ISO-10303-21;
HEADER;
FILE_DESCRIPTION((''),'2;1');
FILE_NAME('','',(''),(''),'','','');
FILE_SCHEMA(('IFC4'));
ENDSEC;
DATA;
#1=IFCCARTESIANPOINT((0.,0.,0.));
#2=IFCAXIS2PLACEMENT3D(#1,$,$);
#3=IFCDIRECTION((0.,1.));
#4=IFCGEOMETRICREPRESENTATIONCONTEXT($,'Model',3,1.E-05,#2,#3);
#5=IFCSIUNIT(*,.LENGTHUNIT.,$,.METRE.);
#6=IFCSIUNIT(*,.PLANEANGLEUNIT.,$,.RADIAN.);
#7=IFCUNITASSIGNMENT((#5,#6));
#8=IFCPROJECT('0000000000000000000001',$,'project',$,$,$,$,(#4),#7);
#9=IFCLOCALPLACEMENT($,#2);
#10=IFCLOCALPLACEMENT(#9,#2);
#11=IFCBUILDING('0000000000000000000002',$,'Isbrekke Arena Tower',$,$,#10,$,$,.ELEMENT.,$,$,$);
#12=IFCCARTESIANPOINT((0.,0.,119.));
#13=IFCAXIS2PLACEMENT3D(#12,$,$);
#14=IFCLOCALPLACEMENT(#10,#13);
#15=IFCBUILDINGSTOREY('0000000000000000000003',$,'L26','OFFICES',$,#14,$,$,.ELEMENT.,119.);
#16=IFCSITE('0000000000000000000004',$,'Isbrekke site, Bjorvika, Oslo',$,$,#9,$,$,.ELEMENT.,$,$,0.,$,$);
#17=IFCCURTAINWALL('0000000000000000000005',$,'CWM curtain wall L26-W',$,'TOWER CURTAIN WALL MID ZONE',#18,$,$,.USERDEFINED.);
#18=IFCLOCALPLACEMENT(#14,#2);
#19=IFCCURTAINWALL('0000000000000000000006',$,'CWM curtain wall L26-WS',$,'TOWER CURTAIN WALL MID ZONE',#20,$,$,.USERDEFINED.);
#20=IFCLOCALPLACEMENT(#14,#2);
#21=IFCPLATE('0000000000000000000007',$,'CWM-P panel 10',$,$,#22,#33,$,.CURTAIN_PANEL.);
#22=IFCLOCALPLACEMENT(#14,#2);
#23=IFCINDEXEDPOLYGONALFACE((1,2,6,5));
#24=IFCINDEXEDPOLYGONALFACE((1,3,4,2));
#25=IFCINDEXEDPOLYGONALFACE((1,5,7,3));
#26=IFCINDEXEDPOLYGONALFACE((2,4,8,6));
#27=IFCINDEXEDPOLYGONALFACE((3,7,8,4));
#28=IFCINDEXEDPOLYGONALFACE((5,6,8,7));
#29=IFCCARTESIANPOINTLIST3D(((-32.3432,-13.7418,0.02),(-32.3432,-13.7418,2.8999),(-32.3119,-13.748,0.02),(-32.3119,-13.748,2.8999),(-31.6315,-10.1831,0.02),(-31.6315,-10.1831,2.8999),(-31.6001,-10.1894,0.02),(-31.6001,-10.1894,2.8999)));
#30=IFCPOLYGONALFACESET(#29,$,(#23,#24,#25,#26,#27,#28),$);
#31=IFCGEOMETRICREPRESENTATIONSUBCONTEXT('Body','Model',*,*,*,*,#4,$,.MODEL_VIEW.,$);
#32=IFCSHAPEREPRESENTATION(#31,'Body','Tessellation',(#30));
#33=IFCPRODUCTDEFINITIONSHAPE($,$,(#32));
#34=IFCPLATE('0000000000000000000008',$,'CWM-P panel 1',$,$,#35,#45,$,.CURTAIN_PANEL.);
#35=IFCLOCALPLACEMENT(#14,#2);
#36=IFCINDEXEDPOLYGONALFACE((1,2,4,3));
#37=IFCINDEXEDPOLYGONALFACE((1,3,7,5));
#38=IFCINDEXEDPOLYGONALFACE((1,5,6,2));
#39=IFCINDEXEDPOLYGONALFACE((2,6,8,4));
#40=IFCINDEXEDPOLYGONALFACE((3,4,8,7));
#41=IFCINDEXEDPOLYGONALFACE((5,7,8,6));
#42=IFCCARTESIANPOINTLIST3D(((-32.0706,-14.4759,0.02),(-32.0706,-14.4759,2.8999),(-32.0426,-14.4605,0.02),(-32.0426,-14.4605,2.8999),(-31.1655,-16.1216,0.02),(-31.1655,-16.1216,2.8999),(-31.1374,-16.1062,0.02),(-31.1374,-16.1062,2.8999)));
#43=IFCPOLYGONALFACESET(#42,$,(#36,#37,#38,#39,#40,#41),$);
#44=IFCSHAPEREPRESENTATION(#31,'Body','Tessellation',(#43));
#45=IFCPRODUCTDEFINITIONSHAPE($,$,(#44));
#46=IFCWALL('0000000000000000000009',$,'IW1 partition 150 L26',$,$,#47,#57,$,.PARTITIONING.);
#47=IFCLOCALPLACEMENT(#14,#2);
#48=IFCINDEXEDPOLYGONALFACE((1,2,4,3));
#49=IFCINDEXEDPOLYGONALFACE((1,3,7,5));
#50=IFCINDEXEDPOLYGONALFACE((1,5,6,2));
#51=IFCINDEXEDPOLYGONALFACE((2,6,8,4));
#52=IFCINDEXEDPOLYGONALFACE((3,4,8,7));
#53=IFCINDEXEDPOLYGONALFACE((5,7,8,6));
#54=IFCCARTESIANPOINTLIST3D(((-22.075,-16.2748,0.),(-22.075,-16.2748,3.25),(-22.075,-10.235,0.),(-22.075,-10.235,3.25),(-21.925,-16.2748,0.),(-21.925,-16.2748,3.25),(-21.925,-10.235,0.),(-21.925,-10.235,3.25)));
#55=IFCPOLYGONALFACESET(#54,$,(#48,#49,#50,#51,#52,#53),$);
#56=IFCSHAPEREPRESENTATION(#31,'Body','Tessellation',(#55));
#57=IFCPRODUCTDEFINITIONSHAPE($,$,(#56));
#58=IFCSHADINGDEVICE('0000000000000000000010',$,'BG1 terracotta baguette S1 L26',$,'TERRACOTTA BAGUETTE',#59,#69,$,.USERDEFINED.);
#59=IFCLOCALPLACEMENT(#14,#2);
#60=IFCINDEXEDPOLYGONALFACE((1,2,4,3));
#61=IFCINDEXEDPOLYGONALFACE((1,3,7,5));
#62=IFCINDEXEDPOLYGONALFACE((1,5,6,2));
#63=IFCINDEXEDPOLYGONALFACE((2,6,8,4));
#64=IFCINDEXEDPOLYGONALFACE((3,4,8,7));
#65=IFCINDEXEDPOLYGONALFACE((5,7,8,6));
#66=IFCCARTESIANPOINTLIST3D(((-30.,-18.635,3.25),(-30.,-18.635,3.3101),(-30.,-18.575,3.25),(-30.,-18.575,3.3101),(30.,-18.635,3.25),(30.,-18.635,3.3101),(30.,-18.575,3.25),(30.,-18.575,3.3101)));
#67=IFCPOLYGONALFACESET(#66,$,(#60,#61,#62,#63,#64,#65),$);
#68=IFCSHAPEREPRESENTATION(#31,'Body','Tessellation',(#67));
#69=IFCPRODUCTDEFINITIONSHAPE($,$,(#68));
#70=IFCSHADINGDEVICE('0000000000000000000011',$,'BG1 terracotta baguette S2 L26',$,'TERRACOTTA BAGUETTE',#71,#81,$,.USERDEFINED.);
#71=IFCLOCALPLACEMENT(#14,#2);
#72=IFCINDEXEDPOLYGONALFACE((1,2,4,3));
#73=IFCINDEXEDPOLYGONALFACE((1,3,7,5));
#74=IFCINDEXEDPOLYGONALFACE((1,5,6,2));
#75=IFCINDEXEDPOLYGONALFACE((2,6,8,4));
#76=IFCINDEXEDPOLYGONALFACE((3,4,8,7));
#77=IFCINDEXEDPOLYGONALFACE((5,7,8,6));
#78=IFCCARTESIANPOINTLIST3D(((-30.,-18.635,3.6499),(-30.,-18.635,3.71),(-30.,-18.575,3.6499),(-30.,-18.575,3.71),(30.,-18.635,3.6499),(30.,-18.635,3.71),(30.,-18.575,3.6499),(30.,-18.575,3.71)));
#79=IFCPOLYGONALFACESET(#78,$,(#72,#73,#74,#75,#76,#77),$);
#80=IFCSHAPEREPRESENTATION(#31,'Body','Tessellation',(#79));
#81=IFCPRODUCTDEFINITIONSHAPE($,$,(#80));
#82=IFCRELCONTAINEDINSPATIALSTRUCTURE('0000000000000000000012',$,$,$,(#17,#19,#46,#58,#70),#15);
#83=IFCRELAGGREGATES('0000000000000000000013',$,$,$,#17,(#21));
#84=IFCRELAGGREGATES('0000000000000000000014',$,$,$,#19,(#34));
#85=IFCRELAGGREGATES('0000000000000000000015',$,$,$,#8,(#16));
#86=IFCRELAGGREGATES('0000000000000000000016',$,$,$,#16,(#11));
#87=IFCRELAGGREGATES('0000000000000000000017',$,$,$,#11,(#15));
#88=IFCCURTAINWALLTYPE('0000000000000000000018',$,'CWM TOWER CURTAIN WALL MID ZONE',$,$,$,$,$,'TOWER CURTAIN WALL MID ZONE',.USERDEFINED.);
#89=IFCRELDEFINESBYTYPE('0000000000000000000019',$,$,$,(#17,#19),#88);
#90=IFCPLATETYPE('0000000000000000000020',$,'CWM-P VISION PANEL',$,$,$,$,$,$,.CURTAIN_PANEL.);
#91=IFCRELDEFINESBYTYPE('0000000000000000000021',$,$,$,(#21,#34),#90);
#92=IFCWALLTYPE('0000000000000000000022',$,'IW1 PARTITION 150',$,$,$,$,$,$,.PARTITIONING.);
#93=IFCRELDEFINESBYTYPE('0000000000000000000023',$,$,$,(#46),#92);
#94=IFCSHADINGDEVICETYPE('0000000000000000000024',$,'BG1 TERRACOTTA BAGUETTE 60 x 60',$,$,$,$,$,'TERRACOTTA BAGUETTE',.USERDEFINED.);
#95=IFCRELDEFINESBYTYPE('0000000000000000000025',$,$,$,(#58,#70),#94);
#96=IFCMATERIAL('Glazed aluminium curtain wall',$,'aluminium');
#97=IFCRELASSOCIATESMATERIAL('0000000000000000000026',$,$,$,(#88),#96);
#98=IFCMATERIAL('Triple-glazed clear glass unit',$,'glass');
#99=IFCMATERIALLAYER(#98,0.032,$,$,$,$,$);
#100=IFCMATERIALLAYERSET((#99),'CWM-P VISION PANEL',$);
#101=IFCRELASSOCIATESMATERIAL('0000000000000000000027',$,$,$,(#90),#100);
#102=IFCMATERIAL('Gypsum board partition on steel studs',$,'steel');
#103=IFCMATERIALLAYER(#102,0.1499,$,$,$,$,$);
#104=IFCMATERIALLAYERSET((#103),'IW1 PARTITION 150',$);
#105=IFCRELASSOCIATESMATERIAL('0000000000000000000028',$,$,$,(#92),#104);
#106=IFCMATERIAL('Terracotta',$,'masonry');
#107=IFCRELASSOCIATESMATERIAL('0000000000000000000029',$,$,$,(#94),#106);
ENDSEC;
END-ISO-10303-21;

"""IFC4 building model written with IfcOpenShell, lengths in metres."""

from ifc_helpers import new_model, si_unit, direction, frame, frame_2d, origin, origin_2d, place, context, subcontext, project, spatial, rectangle, extrude, material, layer, layer_set, material_profile, profile_set, type_object, element, aggregate, save


model = new_model("IFC4")

# Units and contexts
model_context = context("Model", 3, precision=1e-05, world=origin(), true_north=direction((0.0, 1.0)))
body_context = subcontext(model_context, "Body", "Model", "MODEL_VIEW")
ifc_project = project(units=[si_unit("LENGTHUNIT", "METRE"), si_unit("PLANEANGLEUNIT", "RADIAN")], contexts=[model_context])

# Site, building, storey
site_placement = place(None, origin())
site = spatial("IfcSite", under=ifc_project, at=site_placement, Name="Isbrekke site, Bjorvika, Oslo", CompositionType="ELEMENT", RefElevation=0.0)
building_placement = place(site_placement, origin())
building = spatial("IfcBuilding", under=site, at=building_placement, Name="Isbrekke Arena Tower", CompositionType="ELEMENT")
storey_placement = place(building_placement, frame((0.0, 0.0, 119.0)))
storey = spatial("IfcBuildingStorey", under=building, at=storey_placement, Name="L26", Description="OFFICES", CompositionType="ELEMENT", Elevation=119.0)

# Shared definitions
ifc_material_1 = material(Name="Glazed aluminium curtain wall", Category="aluminium")
curtain_wall_type = type_object("IfcCurtainWallType", Name="CWM TOWER CURTAIN WALL MID ZONE", ElementType="TOWER CURTAIN WALL MID ZONE", PredefinedType="USERDEFINED", material=ifc_material_1)

# Curtain wall
curtain_wall_1_placement = place(storey_placement, origin())
curtain_wall_1 = element("IfcCurtainWall", 1, at=curtain_wall_1_placement, inside=storey, type_object=curtain_wall_type, Name="CWM curtain wall L26-W", ObjectType="TOWER CURTAIN WALL MID ZONE", PredefinedType="USERDEFINED")

# Curtain wall
curtain_wall_2_placement = place(storey_placement, origin())
curtain_wall_2 = element("IfcCurtainWall", 2, at=curtain_wall_2_placement, inside=storey, type_object=curtain_wall_type, Name="CWM curtain wall L26-WS", ObjectType="TOWER CURTAIN WALL MID ZONE", PredefinedType="USERDEFINED")

# Plates
ifc_material_2 = material(Name="Triple-glazed clear glass unit", Category="glass")
ifc_layer_1 = layer(ifc_material_2, 0.032)
ifc_layer_set_1 = layer_set([ifc_layer_1], Name="CWM-P VISION PANEL")
plate_type = type_object("IfcPlateType", Name="CWM-P VISION PANEL", PredefinedType="CURTAIN_PANEL", material=ifc_layer_set_1)
plate_1_placement = place(storey_placement, frame((-31.9717, -11.9656, 0.02), z_axis=(0.0, 0.0, 1.0), x_axis=(-0.196116, -0.980581, 0.0)))
plate_1 = element("IfcPlate", 3, at=plate_1_placement, type_object=plate_type, Name="CWM-P panel 10", PredefinedType="CURTAIN_PANEL", context=body_context, shape_type="SweptSolid", body=[
    extrude(rectangle(XDim=3.6292, YDim=0.032, at=origin_2d()), origin(), (0.0, 0.0, 1.0), 2.8799),
])
aggregate(curtain_wall_1, [plate_1])
plate_2_placement = place(storey_placement, frame((-31.604, -15.291, 0.02), z_axis=(0.0, 0.0, 1.0), x_axis=(0.481919, -0.876216, 0.0)))
plate_2 = element("IfcPlate", 4, at=plate_2_placement, type_object=plate_type, Name="CWM-P panel 1", PredefinedType="CURTAIN_PANEL", context=body_context, shape_type="SweptSolid", body=[
    extrude(rectangle(XDim=1.8782, YDim=0.032, at=origin_2d()), origin(), (0.0, 0.0, 1.0), 2.8799),
])
aggregate(curtain_wall_2, [plate_2])

# Wall
ifc_material_3 = material(Name="Gypsum board partition on steel studs", Category="steel")
ifc_layer_2 = layer(ifc_material_3, 0.1499)
ifc_layer_set_2 = layer_set([ifc_layer_2], Name="IW1 PARTITION 150")
wall_type = type_object("IfcWallType", Name="IW1 PARTITION 150", PredefinedType="PARTITIONING", material=ifc_layer_set_2)
wall_placement = place(storey_placement, frame((-22.0, -16.2749, 0.0), z_axis=(0.0, 0.0, 1.0), x_axis=(0.0, 1.0, 0.0)))
element("IfcWall", 5, at=wall_placement, inside=storey, type_object=wall_type, Name="IW1 partition 150 L26", PredefinedType="PARTITIONING", context=body_context, shape_type="SweptSolid", body=[
    extrude(rectangle(XDim=6.0398, YDim=0.1499, at=frame_2d((3.02, 0.0))), origin(), (0.0, 0.0, 1.0), 3.25),
])

# Shading devices
ifc_material_4 = material(Name="Terracotta", Category="masonry")
ifc_material_profile_1 = material_profile(ifc_material_4, rectangle(XDim=0.0601, YDim=0.0601, at=origin_2d()), Name="BAGUETTE 60X60")
ifc_profile_set_1 = profile_set([ifc_material_profile_1], Name="Terracotta")
shading_device_type = type_object("IfcShadingDeviceType", Name="BG1 TERRACOTTA BAGUETTE 60 x 60", ElementType="TERRACOTTA BAGUETTE", PredefinedType="USERDEFINED", material=ifc_profile_set_1)
for number, where, z_axis, x_axis, name in (
    (6, (-30.0, -18.605, 3.28), (1.0, 0.0, 0.0), (0.0, 1.0, 0.0), "BG1 terracotta baguette S1 L26"),
    (7, (-30.0, -18.605, 3.6799), (1.0, 0.0, 0.0), (0.0, 1.0, 0.0), "BG1 terracotta baguette S2 L26"),
):
    element("IfcShadingDevice", number, at=place(storey_placement, frame(where, z_axis=z_axis, x_axis=x_axis)), inside=storey, type_object=shading_device_type, Name=name, ObjectType="TERRACOTTA BAGUETTE", PredefinedType="USERDEFINED", context=body_context, shape_type="SweptSolid", body=[
        extrude(rectangle(XDim=0.0601, YDim=0.0601, at=origin_2d()), origin(), (0.0, 0.0, 1.0), 60.0),
    ])

save(model, "model.ifc")
